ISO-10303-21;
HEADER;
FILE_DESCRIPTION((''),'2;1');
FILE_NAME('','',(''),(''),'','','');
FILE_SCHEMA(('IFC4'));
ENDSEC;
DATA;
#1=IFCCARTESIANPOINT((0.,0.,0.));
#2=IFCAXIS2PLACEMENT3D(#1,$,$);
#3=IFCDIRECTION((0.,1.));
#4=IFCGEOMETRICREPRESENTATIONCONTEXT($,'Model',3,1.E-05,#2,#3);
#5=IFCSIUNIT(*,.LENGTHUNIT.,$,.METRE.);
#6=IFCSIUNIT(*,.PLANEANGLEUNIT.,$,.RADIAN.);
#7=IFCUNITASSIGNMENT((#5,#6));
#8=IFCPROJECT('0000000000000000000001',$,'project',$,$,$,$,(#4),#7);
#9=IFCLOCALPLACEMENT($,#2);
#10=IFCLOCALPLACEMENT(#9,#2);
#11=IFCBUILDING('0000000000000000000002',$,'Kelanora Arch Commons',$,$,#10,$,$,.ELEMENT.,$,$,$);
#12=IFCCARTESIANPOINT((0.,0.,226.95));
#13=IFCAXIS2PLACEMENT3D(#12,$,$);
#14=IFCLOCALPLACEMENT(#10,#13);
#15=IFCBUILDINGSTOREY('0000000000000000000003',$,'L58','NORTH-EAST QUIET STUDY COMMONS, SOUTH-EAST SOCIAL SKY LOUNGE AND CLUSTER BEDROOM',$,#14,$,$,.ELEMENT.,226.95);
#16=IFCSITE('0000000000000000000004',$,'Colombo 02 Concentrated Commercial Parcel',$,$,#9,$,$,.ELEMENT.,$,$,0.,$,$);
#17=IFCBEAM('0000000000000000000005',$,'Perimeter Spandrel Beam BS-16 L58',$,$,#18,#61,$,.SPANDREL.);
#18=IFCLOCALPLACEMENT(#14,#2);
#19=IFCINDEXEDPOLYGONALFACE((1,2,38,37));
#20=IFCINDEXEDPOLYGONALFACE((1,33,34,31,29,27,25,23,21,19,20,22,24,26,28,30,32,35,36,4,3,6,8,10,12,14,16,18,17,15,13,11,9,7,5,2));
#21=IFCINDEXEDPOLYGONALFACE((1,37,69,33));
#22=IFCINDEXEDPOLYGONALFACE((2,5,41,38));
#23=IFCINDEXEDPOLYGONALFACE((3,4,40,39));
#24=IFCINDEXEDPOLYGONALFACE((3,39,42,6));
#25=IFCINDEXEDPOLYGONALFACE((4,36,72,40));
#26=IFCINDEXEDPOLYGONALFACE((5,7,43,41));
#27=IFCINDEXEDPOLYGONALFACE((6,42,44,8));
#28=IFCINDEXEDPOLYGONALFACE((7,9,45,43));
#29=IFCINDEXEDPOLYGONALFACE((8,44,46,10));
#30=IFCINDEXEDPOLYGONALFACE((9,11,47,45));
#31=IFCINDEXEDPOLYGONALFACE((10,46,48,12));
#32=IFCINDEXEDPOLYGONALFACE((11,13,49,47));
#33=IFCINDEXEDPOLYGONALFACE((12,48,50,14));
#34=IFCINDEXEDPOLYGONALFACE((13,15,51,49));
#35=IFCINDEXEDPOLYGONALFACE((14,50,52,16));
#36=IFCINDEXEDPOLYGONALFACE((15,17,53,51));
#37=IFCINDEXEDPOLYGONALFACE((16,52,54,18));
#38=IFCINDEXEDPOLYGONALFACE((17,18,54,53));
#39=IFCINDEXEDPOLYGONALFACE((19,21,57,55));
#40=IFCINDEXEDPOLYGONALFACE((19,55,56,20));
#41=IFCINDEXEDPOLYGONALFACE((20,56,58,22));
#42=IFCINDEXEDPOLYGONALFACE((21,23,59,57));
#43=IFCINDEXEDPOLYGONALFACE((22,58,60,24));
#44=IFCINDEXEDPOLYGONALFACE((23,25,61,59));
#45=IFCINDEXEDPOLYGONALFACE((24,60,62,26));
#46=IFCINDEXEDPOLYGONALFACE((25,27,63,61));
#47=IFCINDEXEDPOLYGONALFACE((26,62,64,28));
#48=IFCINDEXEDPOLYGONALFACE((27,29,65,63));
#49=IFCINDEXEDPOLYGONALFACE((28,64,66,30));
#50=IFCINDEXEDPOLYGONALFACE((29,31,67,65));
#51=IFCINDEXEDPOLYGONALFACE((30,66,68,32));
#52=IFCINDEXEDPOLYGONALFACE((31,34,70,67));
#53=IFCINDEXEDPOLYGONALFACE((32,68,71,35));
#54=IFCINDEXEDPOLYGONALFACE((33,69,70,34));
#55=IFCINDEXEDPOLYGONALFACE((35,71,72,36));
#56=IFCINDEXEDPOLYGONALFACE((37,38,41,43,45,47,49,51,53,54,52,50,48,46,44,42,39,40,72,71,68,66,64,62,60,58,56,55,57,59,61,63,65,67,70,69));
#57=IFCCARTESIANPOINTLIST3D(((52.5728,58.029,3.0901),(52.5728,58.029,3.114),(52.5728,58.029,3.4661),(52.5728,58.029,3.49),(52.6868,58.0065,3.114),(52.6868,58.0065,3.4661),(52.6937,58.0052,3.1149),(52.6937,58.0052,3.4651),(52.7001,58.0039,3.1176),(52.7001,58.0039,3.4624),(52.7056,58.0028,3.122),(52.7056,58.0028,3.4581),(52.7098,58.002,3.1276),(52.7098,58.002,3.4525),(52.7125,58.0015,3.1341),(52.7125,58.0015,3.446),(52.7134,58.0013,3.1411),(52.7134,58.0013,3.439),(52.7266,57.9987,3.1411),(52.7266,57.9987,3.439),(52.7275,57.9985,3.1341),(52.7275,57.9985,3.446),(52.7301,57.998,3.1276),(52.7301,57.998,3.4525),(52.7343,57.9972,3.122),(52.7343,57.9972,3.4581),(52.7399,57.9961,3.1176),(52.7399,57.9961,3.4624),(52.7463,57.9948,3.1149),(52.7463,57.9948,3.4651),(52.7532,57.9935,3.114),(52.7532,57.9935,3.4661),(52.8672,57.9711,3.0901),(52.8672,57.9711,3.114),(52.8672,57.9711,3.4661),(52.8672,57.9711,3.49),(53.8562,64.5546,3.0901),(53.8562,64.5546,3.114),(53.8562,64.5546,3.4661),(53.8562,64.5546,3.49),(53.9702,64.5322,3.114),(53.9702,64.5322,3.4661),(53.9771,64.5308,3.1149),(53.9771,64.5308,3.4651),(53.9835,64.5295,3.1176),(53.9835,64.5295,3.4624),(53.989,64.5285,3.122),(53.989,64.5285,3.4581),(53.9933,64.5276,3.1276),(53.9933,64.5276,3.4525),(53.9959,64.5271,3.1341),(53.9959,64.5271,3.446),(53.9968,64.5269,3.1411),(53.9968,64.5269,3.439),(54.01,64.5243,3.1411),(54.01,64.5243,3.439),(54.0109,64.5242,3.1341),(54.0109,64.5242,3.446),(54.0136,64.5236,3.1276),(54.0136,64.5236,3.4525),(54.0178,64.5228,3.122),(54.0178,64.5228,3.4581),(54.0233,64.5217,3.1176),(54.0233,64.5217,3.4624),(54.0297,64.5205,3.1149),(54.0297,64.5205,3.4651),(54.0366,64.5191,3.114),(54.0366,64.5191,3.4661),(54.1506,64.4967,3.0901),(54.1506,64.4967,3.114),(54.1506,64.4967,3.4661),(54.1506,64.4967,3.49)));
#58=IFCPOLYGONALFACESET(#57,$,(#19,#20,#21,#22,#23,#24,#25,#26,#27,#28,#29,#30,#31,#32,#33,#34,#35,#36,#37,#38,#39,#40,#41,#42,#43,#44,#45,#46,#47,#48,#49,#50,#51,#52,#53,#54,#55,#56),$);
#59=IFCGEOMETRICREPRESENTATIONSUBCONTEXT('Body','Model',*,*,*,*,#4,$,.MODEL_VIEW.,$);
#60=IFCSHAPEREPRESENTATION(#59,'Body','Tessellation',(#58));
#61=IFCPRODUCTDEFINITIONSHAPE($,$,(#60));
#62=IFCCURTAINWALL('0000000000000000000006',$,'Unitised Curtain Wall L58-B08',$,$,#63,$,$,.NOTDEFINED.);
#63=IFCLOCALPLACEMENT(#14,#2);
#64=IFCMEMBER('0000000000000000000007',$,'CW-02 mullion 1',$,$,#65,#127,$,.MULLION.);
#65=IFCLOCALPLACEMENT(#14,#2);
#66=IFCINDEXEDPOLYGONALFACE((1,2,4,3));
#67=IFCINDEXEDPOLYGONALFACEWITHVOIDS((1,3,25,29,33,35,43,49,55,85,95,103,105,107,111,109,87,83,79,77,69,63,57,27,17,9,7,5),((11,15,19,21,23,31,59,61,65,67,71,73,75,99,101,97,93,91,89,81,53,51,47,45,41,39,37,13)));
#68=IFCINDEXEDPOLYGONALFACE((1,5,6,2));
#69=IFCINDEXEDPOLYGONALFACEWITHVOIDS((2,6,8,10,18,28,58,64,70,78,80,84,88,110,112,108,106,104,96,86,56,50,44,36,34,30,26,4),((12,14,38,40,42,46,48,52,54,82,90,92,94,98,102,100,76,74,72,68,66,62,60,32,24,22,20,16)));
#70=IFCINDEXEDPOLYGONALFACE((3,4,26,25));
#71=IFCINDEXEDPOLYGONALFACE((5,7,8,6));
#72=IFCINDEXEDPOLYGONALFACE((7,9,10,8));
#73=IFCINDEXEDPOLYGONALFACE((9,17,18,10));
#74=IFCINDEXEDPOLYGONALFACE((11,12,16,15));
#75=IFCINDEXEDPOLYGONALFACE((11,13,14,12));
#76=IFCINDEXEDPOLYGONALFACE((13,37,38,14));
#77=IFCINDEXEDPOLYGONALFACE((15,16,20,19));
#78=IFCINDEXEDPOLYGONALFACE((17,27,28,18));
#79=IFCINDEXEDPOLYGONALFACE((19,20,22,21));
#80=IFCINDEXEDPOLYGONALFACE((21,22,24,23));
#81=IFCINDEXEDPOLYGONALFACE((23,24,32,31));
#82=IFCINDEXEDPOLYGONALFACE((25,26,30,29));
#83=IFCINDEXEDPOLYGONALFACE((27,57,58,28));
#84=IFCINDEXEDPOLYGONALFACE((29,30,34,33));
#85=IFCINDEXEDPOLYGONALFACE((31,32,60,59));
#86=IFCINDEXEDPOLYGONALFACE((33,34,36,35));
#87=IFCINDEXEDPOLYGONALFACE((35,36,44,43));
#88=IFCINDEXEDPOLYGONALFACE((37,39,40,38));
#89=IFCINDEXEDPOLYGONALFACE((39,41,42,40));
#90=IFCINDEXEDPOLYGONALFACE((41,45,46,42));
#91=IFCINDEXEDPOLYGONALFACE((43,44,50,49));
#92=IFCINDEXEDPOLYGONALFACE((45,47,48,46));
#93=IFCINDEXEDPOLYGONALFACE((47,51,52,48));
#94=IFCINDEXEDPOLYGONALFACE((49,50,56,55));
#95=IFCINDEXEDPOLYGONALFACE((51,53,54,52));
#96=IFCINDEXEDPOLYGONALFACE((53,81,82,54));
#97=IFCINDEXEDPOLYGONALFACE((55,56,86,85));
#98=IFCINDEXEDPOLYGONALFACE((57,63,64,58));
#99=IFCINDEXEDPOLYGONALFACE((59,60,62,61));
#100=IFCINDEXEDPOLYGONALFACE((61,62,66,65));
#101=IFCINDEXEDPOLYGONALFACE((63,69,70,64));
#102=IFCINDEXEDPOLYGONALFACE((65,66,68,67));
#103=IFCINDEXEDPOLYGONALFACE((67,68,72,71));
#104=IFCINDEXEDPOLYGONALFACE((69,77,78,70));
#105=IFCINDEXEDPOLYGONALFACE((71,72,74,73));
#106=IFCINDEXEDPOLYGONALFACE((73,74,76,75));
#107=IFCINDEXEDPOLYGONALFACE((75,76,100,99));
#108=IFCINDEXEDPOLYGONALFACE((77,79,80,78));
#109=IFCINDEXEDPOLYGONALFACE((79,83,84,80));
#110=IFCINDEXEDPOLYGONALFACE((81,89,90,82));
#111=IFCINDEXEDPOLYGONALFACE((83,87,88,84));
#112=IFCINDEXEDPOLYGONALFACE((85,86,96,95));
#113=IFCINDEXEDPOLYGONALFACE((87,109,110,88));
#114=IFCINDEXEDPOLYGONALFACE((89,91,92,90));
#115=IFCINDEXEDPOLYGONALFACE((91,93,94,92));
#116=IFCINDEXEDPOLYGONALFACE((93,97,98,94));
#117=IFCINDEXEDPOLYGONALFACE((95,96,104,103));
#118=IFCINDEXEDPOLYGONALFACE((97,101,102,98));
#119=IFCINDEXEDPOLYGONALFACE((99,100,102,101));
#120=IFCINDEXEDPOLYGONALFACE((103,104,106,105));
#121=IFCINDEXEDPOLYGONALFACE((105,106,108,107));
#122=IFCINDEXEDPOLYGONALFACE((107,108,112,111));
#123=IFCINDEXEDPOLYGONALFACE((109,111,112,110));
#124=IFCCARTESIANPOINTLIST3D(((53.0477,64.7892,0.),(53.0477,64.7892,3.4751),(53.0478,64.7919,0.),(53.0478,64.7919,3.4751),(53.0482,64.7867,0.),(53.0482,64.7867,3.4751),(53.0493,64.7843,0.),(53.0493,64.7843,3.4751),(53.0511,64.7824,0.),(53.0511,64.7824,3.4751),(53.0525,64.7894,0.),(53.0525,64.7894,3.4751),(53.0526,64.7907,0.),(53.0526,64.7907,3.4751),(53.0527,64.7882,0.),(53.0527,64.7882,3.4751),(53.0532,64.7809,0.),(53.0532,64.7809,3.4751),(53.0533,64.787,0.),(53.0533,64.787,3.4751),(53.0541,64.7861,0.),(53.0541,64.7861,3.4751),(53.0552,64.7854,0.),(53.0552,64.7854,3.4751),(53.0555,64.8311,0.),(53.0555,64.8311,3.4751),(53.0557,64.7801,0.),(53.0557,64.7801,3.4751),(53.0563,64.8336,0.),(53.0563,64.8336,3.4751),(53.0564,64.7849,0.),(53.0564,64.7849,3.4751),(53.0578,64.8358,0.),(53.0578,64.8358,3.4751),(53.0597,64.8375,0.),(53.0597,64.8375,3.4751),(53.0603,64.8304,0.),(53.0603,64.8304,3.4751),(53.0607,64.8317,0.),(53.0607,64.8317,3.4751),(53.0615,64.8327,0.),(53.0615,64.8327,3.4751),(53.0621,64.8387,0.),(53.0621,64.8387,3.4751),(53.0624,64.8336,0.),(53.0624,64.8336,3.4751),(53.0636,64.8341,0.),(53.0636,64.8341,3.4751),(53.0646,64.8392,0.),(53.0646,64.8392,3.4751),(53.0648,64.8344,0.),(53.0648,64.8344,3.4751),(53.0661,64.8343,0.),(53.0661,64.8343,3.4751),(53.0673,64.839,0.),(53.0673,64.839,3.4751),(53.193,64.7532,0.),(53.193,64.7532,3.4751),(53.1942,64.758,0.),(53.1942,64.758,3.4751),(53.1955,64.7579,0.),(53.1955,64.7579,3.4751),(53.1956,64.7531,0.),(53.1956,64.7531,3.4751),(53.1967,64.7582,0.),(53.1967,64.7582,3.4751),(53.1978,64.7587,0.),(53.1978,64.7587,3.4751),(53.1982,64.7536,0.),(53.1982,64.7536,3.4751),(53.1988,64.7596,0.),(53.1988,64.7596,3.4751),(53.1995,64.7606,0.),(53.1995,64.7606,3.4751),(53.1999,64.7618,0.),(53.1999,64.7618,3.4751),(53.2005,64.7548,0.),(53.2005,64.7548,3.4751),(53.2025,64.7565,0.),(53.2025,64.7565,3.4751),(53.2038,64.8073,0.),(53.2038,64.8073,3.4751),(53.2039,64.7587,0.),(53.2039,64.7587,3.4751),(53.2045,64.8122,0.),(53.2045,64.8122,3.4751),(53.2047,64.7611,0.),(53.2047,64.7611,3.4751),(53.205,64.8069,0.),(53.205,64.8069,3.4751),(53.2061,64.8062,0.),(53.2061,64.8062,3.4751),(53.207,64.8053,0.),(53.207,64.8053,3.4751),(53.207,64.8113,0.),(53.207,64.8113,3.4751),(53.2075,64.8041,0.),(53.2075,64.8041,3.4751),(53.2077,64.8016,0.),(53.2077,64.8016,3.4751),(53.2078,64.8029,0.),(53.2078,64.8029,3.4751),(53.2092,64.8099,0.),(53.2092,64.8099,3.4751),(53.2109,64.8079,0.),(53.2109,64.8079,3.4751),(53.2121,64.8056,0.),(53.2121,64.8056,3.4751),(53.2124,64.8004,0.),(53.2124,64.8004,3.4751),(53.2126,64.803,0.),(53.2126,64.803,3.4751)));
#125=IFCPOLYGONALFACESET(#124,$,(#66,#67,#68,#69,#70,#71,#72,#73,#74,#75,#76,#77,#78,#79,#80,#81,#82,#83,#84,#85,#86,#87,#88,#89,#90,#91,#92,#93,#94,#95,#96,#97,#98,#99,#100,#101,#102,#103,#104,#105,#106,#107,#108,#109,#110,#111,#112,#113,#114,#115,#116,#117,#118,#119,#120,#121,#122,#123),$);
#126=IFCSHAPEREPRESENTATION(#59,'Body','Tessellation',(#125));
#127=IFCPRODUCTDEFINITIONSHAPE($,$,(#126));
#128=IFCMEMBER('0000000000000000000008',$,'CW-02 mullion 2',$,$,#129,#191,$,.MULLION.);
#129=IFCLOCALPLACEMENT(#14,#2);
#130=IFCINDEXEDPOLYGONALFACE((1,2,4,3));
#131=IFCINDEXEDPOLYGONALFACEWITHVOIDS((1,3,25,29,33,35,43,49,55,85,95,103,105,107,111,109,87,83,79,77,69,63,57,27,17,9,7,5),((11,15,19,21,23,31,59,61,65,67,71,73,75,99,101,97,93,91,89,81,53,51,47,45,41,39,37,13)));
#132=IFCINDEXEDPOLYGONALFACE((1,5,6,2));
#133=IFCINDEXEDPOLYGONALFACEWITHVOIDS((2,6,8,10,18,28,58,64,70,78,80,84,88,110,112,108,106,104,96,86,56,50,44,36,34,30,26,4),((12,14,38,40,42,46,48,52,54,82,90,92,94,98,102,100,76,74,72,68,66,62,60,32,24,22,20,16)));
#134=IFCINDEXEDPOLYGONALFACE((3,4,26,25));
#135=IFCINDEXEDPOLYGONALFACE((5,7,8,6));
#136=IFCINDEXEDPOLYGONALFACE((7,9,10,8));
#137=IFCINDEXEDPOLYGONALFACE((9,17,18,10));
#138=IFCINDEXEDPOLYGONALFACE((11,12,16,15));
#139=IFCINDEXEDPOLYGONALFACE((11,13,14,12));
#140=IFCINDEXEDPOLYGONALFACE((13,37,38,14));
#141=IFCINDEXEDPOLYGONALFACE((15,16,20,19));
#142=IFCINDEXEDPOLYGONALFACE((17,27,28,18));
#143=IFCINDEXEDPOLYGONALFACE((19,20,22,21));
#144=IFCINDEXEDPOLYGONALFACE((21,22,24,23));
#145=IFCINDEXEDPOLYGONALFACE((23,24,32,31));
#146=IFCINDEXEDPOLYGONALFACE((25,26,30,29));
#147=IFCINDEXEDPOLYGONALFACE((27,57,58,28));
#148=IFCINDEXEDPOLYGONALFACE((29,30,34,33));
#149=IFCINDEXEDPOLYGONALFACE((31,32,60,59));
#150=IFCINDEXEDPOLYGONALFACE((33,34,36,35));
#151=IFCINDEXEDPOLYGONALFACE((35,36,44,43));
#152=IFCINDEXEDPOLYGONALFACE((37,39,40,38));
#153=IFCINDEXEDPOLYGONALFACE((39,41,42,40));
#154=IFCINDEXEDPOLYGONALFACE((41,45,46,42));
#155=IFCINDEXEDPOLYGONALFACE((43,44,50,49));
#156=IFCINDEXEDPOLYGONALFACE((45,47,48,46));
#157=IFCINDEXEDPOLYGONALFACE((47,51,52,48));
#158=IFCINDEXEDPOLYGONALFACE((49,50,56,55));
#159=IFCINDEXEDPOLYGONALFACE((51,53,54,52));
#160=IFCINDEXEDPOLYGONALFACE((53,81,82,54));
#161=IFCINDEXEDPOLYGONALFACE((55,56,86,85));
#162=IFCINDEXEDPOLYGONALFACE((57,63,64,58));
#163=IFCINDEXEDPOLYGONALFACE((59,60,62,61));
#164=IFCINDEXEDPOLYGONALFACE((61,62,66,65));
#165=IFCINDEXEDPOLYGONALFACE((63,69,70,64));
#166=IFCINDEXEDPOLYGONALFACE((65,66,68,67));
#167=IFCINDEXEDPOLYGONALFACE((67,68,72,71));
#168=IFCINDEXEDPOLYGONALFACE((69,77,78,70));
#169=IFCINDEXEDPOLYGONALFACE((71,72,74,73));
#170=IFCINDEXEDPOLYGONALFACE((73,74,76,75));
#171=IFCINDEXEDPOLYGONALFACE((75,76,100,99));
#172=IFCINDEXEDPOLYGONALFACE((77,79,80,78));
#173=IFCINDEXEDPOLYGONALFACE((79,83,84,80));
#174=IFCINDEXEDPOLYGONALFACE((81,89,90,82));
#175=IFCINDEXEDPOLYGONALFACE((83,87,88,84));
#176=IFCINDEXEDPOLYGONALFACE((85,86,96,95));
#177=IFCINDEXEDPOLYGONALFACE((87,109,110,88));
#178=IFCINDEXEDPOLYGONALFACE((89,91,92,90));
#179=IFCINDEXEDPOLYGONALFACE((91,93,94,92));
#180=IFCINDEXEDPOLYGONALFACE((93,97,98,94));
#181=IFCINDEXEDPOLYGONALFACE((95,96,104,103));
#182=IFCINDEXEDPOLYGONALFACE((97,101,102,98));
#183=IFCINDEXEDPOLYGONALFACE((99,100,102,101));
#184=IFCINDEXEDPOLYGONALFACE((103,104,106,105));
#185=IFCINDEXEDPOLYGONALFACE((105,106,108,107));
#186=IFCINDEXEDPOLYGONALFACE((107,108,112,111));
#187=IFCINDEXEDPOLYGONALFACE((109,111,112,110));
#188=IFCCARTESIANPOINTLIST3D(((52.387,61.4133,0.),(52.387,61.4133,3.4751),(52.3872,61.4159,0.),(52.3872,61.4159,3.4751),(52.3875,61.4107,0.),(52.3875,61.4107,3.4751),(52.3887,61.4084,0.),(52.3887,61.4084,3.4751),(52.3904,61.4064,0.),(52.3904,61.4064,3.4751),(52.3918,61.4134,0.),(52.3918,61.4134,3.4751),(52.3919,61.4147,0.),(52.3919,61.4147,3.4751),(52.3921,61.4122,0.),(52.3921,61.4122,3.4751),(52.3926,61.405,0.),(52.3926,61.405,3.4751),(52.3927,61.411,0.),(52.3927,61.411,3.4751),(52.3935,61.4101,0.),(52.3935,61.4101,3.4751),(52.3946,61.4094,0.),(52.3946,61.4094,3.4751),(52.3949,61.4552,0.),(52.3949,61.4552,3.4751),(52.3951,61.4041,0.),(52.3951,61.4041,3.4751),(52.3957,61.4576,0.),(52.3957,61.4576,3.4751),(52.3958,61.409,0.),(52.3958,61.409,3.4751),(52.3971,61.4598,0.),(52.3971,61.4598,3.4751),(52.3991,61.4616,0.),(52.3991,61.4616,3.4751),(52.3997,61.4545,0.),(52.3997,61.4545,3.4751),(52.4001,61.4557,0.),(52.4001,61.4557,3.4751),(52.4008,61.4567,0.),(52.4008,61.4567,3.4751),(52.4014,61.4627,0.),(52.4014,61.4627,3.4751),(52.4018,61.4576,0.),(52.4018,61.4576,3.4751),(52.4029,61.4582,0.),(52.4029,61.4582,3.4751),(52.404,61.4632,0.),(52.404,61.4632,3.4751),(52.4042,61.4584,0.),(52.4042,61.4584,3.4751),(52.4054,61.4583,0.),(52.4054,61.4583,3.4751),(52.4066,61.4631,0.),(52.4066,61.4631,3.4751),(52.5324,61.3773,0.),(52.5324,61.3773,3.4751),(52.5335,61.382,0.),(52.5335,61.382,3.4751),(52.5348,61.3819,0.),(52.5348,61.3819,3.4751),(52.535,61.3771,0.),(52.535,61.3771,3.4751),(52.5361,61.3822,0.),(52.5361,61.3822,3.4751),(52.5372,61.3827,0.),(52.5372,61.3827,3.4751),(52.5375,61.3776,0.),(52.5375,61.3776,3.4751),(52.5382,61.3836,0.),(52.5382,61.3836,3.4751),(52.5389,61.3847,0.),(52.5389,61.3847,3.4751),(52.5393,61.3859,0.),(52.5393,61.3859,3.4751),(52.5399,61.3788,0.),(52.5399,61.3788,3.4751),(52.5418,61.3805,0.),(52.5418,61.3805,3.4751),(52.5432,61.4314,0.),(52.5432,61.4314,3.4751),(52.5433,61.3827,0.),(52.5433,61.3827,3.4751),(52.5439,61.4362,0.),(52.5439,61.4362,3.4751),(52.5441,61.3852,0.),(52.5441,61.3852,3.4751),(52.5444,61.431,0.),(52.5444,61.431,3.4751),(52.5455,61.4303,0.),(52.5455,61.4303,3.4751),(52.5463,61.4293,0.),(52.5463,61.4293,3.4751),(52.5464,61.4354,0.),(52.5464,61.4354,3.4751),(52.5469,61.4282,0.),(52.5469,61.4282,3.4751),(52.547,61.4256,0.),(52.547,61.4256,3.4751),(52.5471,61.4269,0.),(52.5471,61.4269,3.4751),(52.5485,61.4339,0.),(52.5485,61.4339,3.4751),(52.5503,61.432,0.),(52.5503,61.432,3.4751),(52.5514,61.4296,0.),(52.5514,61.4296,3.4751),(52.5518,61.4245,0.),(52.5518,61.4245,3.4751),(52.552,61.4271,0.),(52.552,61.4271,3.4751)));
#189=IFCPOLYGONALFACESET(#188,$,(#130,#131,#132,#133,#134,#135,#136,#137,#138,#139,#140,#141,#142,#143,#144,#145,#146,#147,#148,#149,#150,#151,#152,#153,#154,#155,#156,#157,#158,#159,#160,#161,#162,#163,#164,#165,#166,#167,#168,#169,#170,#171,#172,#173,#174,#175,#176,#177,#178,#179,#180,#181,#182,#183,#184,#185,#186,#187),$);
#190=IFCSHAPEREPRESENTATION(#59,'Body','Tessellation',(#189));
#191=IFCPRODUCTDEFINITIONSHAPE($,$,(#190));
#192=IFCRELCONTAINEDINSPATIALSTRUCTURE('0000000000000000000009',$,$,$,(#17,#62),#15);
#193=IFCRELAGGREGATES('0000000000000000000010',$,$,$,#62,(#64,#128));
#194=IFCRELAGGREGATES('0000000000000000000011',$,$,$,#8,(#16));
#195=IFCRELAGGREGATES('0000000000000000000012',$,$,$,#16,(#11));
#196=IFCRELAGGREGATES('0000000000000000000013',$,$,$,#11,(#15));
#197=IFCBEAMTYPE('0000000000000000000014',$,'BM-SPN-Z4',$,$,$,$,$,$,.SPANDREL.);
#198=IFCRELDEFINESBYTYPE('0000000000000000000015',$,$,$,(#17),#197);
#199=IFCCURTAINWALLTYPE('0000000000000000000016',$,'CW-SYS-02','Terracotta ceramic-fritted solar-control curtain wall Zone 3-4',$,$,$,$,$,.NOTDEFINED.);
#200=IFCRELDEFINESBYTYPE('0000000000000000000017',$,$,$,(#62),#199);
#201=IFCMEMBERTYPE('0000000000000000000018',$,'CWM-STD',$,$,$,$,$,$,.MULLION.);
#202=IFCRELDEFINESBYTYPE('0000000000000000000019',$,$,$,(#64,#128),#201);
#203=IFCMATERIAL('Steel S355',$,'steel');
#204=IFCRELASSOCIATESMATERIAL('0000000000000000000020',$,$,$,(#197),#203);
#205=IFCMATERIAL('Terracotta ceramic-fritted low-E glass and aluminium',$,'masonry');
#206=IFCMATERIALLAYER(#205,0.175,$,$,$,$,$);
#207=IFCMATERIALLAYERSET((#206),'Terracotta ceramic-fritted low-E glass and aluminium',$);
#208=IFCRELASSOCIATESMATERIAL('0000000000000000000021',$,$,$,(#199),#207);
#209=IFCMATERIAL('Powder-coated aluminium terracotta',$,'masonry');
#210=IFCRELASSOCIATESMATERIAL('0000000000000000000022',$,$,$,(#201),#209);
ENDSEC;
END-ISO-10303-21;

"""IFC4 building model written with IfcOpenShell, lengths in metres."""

from ifc_helpers import new_model, si_unit, direction, frame, origin, origin_2d, place, context, subcontext, project, spatial, hollow_rectangle, i_section, extrude, material, layer, layer_set, material_profile, profile_set, type_object, element, aggregate, save


model = new_model("IFC4")

# Units and contexts
model_context = context("Model", 3, precision=1e-05, world=origin(), true_north=direction((0.0, 1.0)))
body_context = subcontext(model_context, "Body", "Model", "MODEL_VIEW")
ifc_project = project(units=[si_unit("LENGTHUNIT", "METRE"), si_unit("PLANEANGLEUNIT", "RADIAN")], contexts=[model_context])

# Site, building, storey
site_placement = place(None, origin())
site = spatial("IfcSite", under=ifc_project, at=site_placement, Name="Colombo 02 Concentrated Commercial Parcel", CompositionType="ELEMENT", RefElevation=0.0)
building_placement = place(site_placement, origin())
building = spatial("IfcBuilding", under=site, at=building_placement, Name="Kelanora Arch Commons", CompositionType="ELEMENT")
storey_placement = place(building_placement, frame((0.0, 0.0, 226.95)))
storey = spatial("IfcBuildingStorey", under=building, at=storey_placement, Name="L58", Description="NORTH-EAST QUIET STUDY COMMONS, SOUTH-EAST SOCIAL SKY LOUNGE AND CLUSTER BEDROOM", CompositionType="ELEMENT", Elevation=226.95)

# Beam
ifc_material_1 = material(Name="Steel S355", Category="steel")
ifc_material_profile_1 = material_profile(ifc_material_1, i_section(OverallWidth=0.3, OverallDepth=0.3999, WebThickness=0.0134, FlangeThickness=0.0239, FilletRadius=0.0271, at=origin_2d()), Name="HEB400")
ifc_profile_set_1 = profile_set([ifc_material_profile_1], Name="Steel S355")
beam_type_1 = type_object("IfcBeamType", Name="BM-SPN-Z4", PredefinedType="SPANDREL", material=ifc_profile_set_1)
beam_1_placement = place(storey_placement, frame((54.0034, 64.5256, 3.29), z_axis=(-0.192981, -0.981203, 0.0), x_axis=(0.981203, -0.192981, 0.0)))
element("IfcBeam", 1, at=beam_1_placement, inside=storey, type_object=beam_type_1, Name="Perimeter Spandrel Beam BS-16 L58", PredefinedType="SPANDREL", context=body_context, shape_type="SweptSolid", body=[
    extrude(i_section(OverallWidth=0.3, OverallDepth=0.3999, WebThickness=0.0134, FlangeThickness=0.0239, FilletRadius=0.0271, at=origin_2d()), origin(), (0.0, 0.0, 1.0), 6.6506),
])

# Curtain wall, members
ifc_material_2 = material(Name="Terracotta ceramic-fritted low-E glass and aluminium", Category="masonry")
ifc_layer_1 = layer(ifc_material_2, 0.175)
ifc_layer_set_1 = layer_set([ifc_layer_1], Name="Terracotta ceramic-fritted low-E glass and aluminium")
curtain_wall_type = type_object("IfcCurtainWallType", Name="CW-SYS-02", Description="Terracotta ceramic-fritted solar-control curtain wall Zone 3-4", PredefinedType="NOTDEFINED", material=ifc_layer_set_1)
curtain_wall_placement = place(storey_placement, origin())
curtain_wall = element("IfcCurtainWall", 2, at=curtain_wall_placement, inside=storey, type_object=curtain_wall_type, Name="Unitised Curtain Wall L58-B08", PredefinedType="NOTDEFINED")
ifc_material_3 = material(Name="Powder-coated aluminium terracotta", Category="masonry")
ifc_material_profile_2 = material_profile(ifc_material_3, hollow_rectangle(XDim=0.1599, YDim=0.0601, WallThickness=0.0049, InnerFilletRadius=0.0049, OuterFilletRadius=0.01, at=origin_2d()), Name="CWM160x60")
ifc_profile_set_2 = profile_set([ifc_material_profile_2], Name="Powder-coated aluminium terracotta")
member_type_1 = type_object("IfcMemberType", Name="CWM-STD", PredefinedType="MULLION", material=ifc_profile_set_2)
member_1_placement = place(storey_placement, frame((53.1301, 64.7961, 0.0), z_axis=(0.0, 0.0, 1.0), x_axis=(0.981381, -0.192069, 0.0)))
member_1 = element("IfcMember", 3, at=member_1_placement, type_object=member_type_1, Name="CW-02 mullion 1", PredefinedType="MULLION", context=body_context, shape_type="SweptSolid", body=[
    extrude(hollow_rectangle(XDim=0.1599, YDim=0.0601, WallThickness=0.0049, InnerFilletRadius=0.0049, OuterFilletRadius=0.01, at=origin_2d()), origin(), (0.0, 0.0, 1.0), 3.4751),
])
member_2_placement = place(storey_placement, frame((52.4695, 61.4202, 0.0), z_axis=(0.0, 0.0, 1.0), x_axis=(0.981381, -0.192069, 0.0)))
member_2 = element("IfcMember", 4, at=member_2_placement, type_object=member_type_1, Name="CW-02 mullion 2", PredefinedType="MULLION", context=body_context, shape_type="SweptSolid", body=[
    extrude(hollow_rectangle(XDim=0.1599, YDim=0.0601, WallThickness=0.0049, InnerFilletRadius=0.0049, OuterFilletRadius=0.01, at=origin_2d()), origin(), (0.0, 0.0, 1.0), 3.4751),
])
aggregate(curtain_wall, [member_1, member_2])

save(model, "model.ifc")
